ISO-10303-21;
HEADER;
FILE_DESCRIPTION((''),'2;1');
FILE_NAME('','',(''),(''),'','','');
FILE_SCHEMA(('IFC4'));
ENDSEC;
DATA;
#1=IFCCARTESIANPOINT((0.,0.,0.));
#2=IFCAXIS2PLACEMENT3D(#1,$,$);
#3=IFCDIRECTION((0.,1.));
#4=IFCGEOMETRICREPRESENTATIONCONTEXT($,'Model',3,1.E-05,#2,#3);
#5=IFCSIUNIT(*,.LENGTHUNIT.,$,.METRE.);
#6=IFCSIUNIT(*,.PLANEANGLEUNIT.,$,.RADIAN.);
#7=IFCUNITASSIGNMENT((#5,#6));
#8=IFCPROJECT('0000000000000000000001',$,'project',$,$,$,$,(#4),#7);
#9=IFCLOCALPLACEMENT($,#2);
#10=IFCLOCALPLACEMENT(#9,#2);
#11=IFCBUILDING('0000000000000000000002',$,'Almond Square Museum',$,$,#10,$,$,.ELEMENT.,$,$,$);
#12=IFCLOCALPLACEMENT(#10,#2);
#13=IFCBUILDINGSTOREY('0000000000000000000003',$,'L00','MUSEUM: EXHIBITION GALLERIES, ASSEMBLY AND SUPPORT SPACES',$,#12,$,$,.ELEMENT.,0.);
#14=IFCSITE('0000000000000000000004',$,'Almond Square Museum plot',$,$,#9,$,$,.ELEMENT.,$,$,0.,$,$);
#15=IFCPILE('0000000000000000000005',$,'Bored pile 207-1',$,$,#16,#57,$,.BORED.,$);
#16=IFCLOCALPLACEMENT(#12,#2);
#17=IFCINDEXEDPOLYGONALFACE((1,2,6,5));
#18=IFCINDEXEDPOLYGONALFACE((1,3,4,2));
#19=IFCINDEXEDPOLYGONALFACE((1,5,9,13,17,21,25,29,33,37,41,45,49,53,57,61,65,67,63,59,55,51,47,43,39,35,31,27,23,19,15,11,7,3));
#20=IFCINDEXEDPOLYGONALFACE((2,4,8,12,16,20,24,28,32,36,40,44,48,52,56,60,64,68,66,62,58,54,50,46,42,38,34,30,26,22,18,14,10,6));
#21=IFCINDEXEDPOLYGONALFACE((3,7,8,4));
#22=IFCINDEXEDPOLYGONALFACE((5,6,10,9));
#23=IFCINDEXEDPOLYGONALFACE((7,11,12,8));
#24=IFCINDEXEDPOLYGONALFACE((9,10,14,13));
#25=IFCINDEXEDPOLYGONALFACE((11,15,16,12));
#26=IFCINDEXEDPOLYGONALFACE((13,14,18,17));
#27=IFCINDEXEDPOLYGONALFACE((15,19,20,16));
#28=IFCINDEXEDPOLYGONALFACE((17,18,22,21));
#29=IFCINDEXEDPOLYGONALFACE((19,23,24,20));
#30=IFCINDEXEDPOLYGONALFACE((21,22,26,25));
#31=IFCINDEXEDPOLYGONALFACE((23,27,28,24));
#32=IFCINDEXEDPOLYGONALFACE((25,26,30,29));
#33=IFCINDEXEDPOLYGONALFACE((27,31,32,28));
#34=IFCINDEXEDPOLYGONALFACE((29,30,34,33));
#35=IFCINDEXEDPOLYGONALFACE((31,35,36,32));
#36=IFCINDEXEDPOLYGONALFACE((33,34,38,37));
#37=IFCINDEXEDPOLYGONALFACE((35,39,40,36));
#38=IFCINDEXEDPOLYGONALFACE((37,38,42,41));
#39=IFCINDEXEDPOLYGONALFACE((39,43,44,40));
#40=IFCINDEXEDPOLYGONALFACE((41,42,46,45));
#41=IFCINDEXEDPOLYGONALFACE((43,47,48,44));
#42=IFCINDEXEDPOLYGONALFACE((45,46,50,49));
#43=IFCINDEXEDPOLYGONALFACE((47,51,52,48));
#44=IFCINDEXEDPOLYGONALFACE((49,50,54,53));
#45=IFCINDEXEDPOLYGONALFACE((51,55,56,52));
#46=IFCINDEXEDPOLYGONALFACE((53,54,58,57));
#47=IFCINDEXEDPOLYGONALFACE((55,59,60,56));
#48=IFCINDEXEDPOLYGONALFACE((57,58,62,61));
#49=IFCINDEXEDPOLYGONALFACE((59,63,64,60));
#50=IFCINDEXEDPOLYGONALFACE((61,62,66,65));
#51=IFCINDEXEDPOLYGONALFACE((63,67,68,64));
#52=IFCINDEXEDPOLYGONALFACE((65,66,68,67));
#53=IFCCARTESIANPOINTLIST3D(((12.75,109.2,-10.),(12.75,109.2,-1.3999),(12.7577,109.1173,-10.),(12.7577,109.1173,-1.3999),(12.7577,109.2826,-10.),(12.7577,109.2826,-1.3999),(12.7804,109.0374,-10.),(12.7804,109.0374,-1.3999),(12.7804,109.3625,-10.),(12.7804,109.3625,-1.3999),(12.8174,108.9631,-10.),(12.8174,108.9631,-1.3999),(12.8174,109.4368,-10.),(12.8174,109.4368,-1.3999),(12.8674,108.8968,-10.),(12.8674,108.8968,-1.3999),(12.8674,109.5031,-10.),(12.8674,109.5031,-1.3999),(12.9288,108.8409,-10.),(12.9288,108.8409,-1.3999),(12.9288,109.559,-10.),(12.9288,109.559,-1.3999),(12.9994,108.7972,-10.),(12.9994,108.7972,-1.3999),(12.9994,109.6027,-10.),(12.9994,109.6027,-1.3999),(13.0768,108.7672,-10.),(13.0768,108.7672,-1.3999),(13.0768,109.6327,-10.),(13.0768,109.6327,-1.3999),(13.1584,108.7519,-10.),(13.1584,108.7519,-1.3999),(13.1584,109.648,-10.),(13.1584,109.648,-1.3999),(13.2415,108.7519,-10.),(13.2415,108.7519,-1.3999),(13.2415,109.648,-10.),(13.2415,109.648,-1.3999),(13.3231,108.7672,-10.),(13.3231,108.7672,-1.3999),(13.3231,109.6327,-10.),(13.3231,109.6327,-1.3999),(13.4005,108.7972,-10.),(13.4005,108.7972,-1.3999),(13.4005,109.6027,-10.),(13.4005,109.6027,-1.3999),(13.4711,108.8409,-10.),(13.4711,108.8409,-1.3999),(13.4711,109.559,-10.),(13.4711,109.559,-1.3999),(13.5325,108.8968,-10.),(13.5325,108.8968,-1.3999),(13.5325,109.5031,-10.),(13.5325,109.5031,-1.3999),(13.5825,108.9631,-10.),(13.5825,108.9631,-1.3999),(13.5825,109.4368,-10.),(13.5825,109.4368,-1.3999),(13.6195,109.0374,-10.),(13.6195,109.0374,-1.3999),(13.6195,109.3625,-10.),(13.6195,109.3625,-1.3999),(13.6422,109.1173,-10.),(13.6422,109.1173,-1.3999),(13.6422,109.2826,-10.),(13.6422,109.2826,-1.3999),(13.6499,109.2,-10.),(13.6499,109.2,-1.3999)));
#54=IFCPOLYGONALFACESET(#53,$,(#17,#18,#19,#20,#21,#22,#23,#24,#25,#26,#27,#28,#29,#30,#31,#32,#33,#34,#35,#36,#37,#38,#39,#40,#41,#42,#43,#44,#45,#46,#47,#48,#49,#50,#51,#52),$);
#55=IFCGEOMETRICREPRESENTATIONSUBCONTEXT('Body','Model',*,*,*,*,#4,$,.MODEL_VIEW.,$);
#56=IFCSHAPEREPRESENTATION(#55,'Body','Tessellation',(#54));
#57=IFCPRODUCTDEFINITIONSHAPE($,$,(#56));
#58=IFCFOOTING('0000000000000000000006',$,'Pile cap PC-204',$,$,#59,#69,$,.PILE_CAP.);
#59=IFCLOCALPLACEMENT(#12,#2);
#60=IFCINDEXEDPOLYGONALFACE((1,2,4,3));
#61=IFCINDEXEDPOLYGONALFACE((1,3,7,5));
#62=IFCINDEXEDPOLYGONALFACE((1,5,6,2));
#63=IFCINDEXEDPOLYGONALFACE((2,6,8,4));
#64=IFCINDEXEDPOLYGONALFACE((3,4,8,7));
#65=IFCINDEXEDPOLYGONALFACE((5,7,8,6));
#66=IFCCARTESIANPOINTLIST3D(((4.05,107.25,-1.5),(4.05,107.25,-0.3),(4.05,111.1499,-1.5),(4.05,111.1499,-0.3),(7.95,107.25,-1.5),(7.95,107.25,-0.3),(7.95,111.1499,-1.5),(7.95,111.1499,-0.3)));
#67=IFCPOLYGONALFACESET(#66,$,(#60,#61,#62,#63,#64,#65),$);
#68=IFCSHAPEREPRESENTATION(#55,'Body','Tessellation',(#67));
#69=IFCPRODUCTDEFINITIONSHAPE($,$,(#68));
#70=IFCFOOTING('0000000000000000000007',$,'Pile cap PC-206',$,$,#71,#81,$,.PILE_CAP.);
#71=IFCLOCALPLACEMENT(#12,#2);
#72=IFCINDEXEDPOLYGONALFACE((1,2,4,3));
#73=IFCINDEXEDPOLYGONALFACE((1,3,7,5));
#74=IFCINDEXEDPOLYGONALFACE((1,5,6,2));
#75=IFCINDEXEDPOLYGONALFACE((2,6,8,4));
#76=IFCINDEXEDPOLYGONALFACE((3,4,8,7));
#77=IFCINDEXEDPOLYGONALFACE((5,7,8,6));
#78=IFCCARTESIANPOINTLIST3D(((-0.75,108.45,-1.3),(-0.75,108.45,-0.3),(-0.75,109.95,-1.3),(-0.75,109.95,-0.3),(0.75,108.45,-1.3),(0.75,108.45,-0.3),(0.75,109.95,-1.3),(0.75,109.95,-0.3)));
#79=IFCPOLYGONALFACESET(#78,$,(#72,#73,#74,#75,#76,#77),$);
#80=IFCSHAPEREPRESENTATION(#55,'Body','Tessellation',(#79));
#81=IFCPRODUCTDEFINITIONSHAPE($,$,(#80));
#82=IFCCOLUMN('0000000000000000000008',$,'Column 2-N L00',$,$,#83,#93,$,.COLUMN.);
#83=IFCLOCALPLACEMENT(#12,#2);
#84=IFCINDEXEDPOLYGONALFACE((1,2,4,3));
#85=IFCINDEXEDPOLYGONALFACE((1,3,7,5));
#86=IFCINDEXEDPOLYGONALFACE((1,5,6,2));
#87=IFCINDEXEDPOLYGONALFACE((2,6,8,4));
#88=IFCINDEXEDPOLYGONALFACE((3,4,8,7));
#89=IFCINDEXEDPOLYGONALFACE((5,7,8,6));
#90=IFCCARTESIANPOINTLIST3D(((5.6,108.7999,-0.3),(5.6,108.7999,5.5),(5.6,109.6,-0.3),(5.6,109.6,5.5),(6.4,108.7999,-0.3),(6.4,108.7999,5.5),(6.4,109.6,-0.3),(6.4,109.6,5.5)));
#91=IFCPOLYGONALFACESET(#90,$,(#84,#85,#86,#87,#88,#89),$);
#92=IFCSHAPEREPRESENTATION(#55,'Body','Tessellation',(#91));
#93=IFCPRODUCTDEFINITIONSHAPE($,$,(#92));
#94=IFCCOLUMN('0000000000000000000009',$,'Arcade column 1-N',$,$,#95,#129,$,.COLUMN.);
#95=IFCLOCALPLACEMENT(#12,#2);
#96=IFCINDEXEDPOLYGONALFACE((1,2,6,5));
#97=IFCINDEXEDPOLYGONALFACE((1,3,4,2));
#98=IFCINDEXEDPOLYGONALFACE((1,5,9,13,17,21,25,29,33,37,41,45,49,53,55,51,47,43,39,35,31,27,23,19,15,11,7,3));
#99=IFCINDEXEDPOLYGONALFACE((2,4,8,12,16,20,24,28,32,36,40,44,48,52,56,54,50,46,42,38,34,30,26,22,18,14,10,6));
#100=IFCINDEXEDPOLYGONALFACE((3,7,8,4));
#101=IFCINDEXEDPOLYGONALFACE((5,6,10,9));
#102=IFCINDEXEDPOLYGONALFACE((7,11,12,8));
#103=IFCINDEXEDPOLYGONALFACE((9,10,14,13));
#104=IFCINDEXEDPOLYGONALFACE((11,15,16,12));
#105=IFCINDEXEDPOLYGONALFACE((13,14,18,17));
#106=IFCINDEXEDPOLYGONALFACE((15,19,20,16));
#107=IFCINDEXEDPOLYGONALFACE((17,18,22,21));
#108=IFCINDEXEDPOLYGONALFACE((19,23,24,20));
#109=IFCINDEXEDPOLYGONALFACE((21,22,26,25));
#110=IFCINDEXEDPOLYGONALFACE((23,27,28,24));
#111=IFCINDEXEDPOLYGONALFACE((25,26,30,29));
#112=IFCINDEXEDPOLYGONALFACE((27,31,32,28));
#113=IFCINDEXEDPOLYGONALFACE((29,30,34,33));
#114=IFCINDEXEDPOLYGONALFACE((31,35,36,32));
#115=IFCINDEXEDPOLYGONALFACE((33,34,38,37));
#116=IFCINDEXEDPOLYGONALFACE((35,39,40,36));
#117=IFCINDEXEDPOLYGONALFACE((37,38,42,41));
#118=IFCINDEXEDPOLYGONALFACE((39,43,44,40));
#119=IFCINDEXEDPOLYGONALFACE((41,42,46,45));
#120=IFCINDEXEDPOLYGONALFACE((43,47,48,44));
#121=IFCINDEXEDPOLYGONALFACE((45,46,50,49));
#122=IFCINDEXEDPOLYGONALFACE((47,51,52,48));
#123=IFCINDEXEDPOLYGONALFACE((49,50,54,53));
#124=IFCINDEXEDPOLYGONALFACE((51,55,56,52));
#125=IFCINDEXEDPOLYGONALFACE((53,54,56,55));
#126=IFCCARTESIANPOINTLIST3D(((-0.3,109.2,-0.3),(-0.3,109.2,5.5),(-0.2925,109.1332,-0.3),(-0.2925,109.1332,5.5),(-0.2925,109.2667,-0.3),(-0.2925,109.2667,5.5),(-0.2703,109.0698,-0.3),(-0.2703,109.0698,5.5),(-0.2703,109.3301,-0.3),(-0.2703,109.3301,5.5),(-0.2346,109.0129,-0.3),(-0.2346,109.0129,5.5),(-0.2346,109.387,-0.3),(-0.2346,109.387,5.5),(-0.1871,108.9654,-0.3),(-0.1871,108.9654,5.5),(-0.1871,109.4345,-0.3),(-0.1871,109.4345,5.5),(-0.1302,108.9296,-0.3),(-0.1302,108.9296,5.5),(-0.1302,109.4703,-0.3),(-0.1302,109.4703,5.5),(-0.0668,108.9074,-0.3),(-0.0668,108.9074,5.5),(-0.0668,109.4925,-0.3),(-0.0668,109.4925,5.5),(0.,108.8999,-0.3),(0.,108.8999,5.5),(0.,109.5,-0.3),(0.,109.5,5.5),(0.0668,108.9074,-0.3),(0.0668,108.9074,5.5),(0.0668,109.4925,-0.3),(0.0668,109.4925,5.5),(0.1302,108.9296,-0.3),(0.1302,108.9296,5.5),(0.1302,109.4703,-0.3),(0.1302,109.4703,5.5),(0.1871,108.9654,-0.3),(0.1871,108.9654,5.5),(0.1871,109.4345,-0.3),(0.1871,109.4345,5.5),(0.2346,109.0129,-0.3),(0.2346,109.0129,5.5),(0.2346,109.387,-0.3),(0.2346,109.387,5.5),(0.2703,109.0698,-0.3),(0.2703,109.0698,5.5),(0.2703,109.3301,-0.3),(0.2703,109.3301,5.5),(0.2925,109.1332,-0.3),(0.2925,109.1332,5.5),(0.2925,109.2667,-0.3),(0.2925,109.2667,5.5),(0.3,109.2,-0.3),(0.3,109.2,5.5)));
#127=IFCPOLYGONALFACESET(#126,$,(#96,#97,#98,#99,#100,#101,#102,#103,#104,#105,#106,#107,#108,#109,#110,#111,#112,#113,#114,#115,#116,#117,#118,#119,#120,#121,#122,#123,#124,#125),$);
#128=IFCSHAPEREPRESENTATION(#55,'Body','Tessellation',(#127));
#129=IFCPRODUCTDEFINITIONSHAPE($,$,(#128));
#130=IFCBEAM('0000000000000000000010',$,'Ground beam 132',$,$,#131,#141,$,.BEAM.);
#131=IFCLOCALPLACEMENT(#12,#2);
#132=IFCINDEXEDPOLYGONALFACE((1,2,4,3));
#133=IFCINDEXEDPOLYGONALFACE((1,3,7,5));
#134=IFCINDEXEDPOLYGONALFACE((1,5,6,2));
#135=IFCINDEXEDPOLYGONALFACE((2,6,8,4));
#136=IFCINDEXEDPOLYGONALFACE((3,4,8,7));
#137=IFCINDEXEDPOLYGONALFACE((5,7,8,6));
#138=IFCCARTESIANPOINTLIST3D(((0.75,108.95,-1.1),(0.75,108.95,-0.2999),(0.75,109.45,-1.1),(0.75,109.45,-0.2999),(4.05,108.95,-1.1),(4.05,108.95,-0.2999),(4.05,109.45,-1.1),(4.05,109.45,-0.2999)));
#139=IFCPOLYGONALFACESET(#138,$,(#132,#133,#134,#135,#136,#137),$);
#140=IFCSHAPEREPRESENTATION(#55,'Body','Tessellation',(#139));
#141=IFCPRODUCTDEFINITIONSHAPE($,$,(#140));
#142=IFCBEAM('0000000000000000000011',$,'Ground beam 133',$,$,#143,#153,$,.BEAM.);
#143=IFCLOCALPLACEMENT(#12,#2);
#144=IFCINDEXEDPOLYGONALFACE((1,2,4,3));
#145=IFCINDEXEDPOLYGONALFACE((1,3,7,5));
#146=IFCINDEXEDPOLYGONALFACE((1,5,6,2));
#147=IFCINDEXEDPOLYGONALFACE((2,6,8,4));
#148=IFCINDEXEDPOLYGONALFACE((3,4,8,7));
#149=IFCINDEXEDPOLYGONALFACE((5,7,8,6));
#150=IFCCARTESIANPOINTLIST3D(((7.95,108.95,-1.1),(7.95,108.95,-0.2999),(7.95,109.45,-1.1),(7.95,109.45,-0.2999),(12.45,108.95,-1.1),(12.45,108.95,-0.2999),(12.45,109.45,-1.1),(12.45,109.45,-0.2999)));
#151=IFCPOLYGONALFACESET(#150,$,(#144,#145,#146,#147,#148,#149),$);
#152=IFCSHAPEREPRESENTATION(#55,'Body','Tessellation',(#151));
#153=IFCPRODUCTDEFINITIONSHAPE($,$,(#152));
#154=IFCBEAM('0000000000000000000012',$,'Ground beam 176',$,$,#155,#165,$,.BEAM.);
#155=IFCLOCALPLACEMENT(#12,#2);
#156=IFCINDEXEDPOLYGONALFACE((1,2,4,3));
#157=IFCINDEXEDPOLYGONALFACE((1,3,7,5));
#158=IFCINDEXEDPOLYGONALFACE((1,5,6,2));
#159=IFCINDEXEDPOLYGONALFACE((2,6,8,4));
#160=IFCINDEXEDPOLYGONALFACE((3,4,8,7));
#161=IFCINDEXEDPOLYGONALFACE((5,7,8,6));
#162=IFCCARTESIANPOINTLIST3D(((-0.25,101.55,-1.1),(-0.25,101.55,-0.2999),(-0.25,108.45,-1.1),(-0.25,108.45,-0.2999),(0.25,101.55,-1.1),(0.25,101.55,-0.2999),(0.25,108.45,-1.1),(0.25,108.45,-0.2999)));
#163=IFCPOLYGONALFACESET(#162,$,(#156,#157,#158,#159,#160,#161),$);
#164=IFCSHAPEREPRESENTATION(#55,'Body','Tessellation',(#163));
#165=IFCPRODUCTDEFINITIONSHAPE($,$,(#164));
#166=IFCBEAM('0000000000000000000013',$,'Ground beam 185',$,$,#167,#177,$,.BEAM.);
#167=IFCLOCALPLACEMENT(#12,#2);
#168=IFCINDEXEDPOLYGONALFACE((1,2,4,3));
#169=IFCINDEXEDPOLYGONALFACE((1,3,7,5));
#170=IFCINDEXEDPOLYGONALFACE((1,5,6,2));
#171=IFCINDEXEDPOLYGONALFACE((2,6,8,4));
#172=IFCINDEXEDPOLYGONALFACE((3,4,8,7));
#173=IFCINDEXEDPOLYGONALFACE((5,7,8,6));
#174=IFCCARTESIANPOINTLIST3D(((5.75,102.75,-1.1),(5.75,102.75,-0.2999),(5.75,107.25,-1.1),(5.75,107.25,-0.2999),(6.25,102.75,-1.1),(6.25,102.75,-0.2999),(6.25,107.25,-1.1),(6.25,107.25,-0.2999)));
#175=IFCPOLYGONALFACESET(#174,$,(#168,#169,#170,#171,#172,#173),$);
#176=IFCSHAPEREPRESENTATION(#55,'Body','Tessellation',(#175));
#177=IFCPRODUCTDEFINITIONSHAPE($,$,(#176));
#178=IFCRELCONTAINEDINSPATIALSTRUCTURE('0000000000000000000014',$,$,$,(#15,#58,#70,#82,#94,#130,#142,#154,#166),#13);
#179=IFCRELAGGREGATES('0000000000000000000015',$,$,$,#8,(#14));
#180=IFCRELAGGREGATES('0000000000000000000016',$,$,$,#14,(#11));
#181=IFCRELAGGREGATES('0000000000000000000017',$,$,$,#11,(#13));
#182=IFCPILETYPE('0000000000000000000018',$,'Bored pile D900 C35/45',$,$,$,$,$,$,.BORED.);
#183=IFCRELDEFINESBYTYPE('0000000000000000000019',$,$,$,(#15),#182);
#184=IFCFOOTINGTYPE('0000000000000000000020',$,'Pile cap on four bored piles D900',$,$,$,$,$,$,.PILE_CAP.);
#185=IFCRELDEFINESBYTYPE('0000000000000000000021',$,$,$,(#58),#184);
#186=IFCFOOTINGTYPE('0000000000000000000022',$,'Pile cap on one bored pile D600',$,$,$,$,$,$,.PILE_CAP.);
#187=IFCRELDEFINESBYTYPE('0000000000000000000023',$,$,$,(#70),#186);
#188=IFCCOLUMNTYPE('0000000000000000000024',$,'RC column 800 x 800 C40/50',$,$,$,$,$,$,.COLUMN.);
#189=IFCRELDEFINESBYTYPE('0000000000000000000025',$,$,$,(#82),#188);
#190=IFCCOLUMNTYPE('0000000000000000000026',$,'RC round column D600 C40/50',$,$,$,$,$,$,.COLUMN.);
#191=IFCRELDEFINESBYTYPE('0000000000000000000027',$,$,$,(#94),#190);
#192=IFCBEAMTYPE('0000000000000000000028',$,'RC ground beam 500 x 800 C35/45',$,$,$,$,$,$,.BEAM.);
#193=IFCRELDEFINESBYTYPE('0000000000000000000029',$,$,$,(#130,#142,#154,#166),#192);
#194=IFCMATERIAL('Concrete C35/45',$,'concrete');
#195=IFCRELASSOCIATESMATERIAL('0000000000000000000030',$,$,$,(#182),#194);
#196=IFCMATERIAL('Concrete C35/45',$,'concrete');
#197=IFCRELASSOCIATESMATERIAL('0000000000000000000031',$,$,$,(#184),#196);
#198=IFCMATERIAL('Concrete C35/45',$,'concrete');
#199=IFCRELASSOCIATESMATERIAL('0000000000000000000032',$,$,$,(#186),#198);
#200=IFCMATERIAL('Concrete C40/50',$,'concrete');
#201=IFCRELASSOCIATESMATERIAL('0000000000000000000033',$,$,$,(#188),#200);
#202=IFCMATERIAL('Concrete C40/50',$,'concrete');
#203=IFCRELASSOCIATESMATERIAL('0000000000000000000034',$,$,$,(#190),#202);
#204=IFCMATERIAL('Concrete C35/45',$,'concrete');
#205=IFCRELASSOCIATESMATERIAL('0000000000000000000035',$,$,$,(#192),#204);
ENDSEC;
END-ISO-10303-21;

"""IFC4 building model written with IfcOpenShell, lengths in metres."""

from ifc_helpers import new_model, si_unit, direction, frame, origin, origin_2d, place, context, subcontext, project, spatial, rectangle, circle, extrude, material, material_profile, profile_set, type_object, element, save


model = new_model("IFC4")

# Units and contexts
model_context = context("Model", 3, precision=1e-05, world=origin(), true_north=direction((0.0, 1.0)))
body_context = subcontext(model_context, "Body", "Model", "MODEL_VIEW")
ifc_project = project(units=[si_unit("LENGTHUNIT", "METRE"), si_unit("PLANEANGLEUNIT", "RADIAN")], contexts=[model_context])

# Site, building, storey
site_placement = place(None, origin())
site = spatial("IfcSite", under=ifc_project, at=site_placement, Name="Almond Square Museum plot", CompositionType="ELEMENT", RefElevation=0.0)
building_placement = place(site_placement, origin())
building = spatial("IfcBuilding", under=site, at=building_placement, Name="Almond Square Museum", CompositionType="ELEMENT")
storey_placement = place(building_placement, origin())
storey = spatial("IfcBuildingStorey", under=building, at=storey_placement, Name="L00", Description="MUSEUM: EXHIBITION GALLERIES, ASSEMBLY AND SUPPORT SPACES", CompositionType="ELEMENT", Elevation=0.0)

# Pile
ifc_material_1 = material(Name="Concrete C35/45", Category="concrete")
ifc_material_profile_1 = material_profile(ifc_material_1, circle(Radius=0.45, at=origin_2d()))
ifc_profile_set_1 = profile_set([ifc_material_profile_1], Name="Concrete C35/45")
pile_type_1 = type_object("IfcPileType", Name="Bored pile D900 C35/45", PredefinedType="BORED", material=ifc_profile_set_1)
for number, where, z_axis, x_axis, name in (
    (1, (13.2, 109.2, -1.3999), (0.0, 0.0, -1.0), (1.0, 0.0, 0.0), "Bored pile 207-1"),
):
    element("IfcPile", number, at=place(storey_placement, frame(where, z_axis=z_axis, x_axis=x_axis)), inside=storey, type_object=pile_type_1, Name=name, PredefinedType="BORED", context=body_context, shape_type="SweptSolid", body=[
        extrude(circle(Radius=0.45, at=origin_2d()), origin(), (0.0, 0.0, 1.0), 8.6001),
    ])

# Footings
ifc_material_2 = material(Name="Concrete C35/45", Category="concrete")
footing_type_1 = type_object("IfcFootingType", Name="Pile cap on four bored piles D900", PredefinedType="PILE_CAP", material=ifc_material_2)
footing_1_placement = place(storey_placement, frame((6.0, 109.2, -1.5), z_axis=(0.0, 0.0, 1.0), x_axis=(1.0, 0.0, 0.0)))
element("IfcFooting", 2, at=footing_1_placement, inside=storey, type_object=footing_type_1, Name="Pile cap PC-204", PredefinedType="PILE_CAP", context=body_context, shape_type="SweptSolid", body=[
    extrude(rectangle(XDim=3.8999, YDim=3.8999, at=origin_2d()), origin(), (0.0, 0.0, 1.0), 1.2),
])
ifc_material_3 = material(Name="Concrete C35/45", Category="concrete")
footing_type_2 = type_object("IfcFootingType", Name="Pile cap on one bored pile D600", PredefinedType="PILE_CAP", material=ifc_material_3)
footing_2_placement = place(storey_placement, frame((0.0, 109.2, -1.3), z_axis=(0.0, 0.0, 1.0), x_axis=(1.0, 0.0, 0.0)))
element("IfcFooting", 3, at=footing_2_placement, inside=storey, type_object=footing_type_2, Name="Pile cap PC-206", PredefinedType="PILE_CAP", context=body_context, shape_type="SweptSolid", body=[
    extrude(rectangle(XDim=1.5, YDim=1.5, at=origin_2d()), origin(), (0.0, 0.0, 1.0), 1.0),
])

# Columns
ifc_material_4 = material(Name="Concrete C40/50", Category="concrete")
ifc_material_profile_2 = material_profile(ifc_material_4, rectangle(XDim=0.8, YDim=0.8, at=origin_2d()))
ifc_profile_set_2 = profile_set([ifc_material_profile_2], Name="Concrete C40/50")
column_type_1 = type_object("IfcColumnType", Name="RC column 800 x 800 C40/50", PredefinedType="COLUMN", material=ifc_profile_set_2)
column_1_placement = place(storey_placement, frame((6.0, 109.2, -0.3), z_axis=(0.0, 0.0, 1.0), x_axis=(1.0, 0.0, 0.0)))
element("IfcColumn", 4, at=column_1_placement, inside=storey, type_object=column_type_1, Name="Column 2-N L00", PredefinedType="COLUMN", context=body_context, shape_type="SweptSolid", body=[
    extrude(rectangle(XDim=0.8, YDim=0.8, at=origin_2d()), origin(), (0.0, 0.0, 1.0), 5.8),
])
ifc_material_5 = material(Name="Concrete C40/50", Category="concrete")
ifc_material_profile_3 = material_profile(ifc_material_5, circle(Radius=0.3, at=origin_2d()))
ifc_profile_set_3 = profile_set([ifc_material_profile_3], Name="Concrete C40/50")
column_type_2 = type_object("IfcColumnType", Name="RC round column D600 C40/50", PredefinedType="COLUMN", material=ifc_profile_set_3)
column_2_placement = place(storey_placement, frame((0.0, 109.2, -0.3), z_axis=(0.0, 0.0, 1.0), x_axis=(1.0, 0.0, 0.0)))
element("IfcColumn", 5, at=column_2_placement, inside=storey, type_object=column_type_2, Name="Arcade column 1-N", PredefinedType="COLUMN", context=body_context, shape_type="SweptSolid", body=[
    extrude(circle(Radius=0.3, at=origin_2d()), origin(), (0.0, 0.0, 1.0), 5.8),
])

# Beams
ifc_material_6 = material(Name="Concrete C35/45", Category="concrete")
ifc_material_profile_4 = material_profile(ifc_material_6, rectangle(XDim=0.5, YDim=0.8, at=origin_2d()))
ifc_profile_set_4 = profile_set([ifc_material_profile_4], Name="Concrete C35/45")
beam_type = type_object("IfcBeamType", Name="RC ground beam 500 x 800 C35/45", PredefinedType="BEAM", material=ifc_profile_set_4)
beam_1_placement = place(storey_placement, frame((0.75, 109.2, -0.7), z_axis=(1.0, 0.0, 0.0), x_axis=(0.0, 1.0, 0.0)))
element("IfcBeam", 6, at=beam_1_placement, inside=storey, type_object=beam_type, Name="Ground beam 132", PredefinedType="BEAM", context=body_context, shape_type="SweptSolid", body=[
    extrude(rectangle(XDim=0.5, YDim=0.8, at=origin_2d()), origin(), (0.0, 0.0, 1.0), 3.3),
])
beam_2_placement = place(storey_placement, frame((7.95, 109.2, -0.7), z_axis=(1.0, 0.0, 0.0), x_axis=(0.0, 1.0, 0.0)))
element("IfcBeam", 7, at=beam_2_placement, inside=storey, type_object=beam_type, Name="Ground beam 133", PredefinedType="BEAM", context=body_context, shape_type="SweptSolid", body=[
    extrude(rectangle(XDim=0.5, YDim=0.8, at=origin_2d()), origin(), (0.0, 0.0, 1.0), 4.5),
])
beam_3_placement = place(storey_placement, frame((0.0, 101.55, -0.7), z_axis=(0.0, 1.0, 0.0), x_axis=(-1.0, 0.0, 0.0)))
element("IfcBeam", 8, at=beam_3_placement, inside=storey, type_object=beam_type, Name="Ground beam 176", PredefinedType="BEAM", context=body_context, shape_type="SweptSolid", body=[
    extrude(rectangle(XDim=0.5, YDim=0.8, at=origin_2d()), origin(), (0.0, 0.0, 1.0), 6.8999),
])
beam_4_placement = place(storey_placement, frame((6.0, 102.75, -0.7), z_axis=(0.0, 1.0, 0.0), x_axis=(-1.0, 0.0, 0.0)))
element("IfcBeam", 9, at=beam_4_placement, inside=storey, type_object=beam_type, Name="Ground beam 185", PredefinedType="BEAM", context=body_context, shape_type="SweptSolid", body=[
    extrude(rectangle(XDim=0.5, YDim=0.8, at=origin_2d()), origin(), (0.0, 0.0, 1.0), 4.5),
])

save(model, "model.ifc")
